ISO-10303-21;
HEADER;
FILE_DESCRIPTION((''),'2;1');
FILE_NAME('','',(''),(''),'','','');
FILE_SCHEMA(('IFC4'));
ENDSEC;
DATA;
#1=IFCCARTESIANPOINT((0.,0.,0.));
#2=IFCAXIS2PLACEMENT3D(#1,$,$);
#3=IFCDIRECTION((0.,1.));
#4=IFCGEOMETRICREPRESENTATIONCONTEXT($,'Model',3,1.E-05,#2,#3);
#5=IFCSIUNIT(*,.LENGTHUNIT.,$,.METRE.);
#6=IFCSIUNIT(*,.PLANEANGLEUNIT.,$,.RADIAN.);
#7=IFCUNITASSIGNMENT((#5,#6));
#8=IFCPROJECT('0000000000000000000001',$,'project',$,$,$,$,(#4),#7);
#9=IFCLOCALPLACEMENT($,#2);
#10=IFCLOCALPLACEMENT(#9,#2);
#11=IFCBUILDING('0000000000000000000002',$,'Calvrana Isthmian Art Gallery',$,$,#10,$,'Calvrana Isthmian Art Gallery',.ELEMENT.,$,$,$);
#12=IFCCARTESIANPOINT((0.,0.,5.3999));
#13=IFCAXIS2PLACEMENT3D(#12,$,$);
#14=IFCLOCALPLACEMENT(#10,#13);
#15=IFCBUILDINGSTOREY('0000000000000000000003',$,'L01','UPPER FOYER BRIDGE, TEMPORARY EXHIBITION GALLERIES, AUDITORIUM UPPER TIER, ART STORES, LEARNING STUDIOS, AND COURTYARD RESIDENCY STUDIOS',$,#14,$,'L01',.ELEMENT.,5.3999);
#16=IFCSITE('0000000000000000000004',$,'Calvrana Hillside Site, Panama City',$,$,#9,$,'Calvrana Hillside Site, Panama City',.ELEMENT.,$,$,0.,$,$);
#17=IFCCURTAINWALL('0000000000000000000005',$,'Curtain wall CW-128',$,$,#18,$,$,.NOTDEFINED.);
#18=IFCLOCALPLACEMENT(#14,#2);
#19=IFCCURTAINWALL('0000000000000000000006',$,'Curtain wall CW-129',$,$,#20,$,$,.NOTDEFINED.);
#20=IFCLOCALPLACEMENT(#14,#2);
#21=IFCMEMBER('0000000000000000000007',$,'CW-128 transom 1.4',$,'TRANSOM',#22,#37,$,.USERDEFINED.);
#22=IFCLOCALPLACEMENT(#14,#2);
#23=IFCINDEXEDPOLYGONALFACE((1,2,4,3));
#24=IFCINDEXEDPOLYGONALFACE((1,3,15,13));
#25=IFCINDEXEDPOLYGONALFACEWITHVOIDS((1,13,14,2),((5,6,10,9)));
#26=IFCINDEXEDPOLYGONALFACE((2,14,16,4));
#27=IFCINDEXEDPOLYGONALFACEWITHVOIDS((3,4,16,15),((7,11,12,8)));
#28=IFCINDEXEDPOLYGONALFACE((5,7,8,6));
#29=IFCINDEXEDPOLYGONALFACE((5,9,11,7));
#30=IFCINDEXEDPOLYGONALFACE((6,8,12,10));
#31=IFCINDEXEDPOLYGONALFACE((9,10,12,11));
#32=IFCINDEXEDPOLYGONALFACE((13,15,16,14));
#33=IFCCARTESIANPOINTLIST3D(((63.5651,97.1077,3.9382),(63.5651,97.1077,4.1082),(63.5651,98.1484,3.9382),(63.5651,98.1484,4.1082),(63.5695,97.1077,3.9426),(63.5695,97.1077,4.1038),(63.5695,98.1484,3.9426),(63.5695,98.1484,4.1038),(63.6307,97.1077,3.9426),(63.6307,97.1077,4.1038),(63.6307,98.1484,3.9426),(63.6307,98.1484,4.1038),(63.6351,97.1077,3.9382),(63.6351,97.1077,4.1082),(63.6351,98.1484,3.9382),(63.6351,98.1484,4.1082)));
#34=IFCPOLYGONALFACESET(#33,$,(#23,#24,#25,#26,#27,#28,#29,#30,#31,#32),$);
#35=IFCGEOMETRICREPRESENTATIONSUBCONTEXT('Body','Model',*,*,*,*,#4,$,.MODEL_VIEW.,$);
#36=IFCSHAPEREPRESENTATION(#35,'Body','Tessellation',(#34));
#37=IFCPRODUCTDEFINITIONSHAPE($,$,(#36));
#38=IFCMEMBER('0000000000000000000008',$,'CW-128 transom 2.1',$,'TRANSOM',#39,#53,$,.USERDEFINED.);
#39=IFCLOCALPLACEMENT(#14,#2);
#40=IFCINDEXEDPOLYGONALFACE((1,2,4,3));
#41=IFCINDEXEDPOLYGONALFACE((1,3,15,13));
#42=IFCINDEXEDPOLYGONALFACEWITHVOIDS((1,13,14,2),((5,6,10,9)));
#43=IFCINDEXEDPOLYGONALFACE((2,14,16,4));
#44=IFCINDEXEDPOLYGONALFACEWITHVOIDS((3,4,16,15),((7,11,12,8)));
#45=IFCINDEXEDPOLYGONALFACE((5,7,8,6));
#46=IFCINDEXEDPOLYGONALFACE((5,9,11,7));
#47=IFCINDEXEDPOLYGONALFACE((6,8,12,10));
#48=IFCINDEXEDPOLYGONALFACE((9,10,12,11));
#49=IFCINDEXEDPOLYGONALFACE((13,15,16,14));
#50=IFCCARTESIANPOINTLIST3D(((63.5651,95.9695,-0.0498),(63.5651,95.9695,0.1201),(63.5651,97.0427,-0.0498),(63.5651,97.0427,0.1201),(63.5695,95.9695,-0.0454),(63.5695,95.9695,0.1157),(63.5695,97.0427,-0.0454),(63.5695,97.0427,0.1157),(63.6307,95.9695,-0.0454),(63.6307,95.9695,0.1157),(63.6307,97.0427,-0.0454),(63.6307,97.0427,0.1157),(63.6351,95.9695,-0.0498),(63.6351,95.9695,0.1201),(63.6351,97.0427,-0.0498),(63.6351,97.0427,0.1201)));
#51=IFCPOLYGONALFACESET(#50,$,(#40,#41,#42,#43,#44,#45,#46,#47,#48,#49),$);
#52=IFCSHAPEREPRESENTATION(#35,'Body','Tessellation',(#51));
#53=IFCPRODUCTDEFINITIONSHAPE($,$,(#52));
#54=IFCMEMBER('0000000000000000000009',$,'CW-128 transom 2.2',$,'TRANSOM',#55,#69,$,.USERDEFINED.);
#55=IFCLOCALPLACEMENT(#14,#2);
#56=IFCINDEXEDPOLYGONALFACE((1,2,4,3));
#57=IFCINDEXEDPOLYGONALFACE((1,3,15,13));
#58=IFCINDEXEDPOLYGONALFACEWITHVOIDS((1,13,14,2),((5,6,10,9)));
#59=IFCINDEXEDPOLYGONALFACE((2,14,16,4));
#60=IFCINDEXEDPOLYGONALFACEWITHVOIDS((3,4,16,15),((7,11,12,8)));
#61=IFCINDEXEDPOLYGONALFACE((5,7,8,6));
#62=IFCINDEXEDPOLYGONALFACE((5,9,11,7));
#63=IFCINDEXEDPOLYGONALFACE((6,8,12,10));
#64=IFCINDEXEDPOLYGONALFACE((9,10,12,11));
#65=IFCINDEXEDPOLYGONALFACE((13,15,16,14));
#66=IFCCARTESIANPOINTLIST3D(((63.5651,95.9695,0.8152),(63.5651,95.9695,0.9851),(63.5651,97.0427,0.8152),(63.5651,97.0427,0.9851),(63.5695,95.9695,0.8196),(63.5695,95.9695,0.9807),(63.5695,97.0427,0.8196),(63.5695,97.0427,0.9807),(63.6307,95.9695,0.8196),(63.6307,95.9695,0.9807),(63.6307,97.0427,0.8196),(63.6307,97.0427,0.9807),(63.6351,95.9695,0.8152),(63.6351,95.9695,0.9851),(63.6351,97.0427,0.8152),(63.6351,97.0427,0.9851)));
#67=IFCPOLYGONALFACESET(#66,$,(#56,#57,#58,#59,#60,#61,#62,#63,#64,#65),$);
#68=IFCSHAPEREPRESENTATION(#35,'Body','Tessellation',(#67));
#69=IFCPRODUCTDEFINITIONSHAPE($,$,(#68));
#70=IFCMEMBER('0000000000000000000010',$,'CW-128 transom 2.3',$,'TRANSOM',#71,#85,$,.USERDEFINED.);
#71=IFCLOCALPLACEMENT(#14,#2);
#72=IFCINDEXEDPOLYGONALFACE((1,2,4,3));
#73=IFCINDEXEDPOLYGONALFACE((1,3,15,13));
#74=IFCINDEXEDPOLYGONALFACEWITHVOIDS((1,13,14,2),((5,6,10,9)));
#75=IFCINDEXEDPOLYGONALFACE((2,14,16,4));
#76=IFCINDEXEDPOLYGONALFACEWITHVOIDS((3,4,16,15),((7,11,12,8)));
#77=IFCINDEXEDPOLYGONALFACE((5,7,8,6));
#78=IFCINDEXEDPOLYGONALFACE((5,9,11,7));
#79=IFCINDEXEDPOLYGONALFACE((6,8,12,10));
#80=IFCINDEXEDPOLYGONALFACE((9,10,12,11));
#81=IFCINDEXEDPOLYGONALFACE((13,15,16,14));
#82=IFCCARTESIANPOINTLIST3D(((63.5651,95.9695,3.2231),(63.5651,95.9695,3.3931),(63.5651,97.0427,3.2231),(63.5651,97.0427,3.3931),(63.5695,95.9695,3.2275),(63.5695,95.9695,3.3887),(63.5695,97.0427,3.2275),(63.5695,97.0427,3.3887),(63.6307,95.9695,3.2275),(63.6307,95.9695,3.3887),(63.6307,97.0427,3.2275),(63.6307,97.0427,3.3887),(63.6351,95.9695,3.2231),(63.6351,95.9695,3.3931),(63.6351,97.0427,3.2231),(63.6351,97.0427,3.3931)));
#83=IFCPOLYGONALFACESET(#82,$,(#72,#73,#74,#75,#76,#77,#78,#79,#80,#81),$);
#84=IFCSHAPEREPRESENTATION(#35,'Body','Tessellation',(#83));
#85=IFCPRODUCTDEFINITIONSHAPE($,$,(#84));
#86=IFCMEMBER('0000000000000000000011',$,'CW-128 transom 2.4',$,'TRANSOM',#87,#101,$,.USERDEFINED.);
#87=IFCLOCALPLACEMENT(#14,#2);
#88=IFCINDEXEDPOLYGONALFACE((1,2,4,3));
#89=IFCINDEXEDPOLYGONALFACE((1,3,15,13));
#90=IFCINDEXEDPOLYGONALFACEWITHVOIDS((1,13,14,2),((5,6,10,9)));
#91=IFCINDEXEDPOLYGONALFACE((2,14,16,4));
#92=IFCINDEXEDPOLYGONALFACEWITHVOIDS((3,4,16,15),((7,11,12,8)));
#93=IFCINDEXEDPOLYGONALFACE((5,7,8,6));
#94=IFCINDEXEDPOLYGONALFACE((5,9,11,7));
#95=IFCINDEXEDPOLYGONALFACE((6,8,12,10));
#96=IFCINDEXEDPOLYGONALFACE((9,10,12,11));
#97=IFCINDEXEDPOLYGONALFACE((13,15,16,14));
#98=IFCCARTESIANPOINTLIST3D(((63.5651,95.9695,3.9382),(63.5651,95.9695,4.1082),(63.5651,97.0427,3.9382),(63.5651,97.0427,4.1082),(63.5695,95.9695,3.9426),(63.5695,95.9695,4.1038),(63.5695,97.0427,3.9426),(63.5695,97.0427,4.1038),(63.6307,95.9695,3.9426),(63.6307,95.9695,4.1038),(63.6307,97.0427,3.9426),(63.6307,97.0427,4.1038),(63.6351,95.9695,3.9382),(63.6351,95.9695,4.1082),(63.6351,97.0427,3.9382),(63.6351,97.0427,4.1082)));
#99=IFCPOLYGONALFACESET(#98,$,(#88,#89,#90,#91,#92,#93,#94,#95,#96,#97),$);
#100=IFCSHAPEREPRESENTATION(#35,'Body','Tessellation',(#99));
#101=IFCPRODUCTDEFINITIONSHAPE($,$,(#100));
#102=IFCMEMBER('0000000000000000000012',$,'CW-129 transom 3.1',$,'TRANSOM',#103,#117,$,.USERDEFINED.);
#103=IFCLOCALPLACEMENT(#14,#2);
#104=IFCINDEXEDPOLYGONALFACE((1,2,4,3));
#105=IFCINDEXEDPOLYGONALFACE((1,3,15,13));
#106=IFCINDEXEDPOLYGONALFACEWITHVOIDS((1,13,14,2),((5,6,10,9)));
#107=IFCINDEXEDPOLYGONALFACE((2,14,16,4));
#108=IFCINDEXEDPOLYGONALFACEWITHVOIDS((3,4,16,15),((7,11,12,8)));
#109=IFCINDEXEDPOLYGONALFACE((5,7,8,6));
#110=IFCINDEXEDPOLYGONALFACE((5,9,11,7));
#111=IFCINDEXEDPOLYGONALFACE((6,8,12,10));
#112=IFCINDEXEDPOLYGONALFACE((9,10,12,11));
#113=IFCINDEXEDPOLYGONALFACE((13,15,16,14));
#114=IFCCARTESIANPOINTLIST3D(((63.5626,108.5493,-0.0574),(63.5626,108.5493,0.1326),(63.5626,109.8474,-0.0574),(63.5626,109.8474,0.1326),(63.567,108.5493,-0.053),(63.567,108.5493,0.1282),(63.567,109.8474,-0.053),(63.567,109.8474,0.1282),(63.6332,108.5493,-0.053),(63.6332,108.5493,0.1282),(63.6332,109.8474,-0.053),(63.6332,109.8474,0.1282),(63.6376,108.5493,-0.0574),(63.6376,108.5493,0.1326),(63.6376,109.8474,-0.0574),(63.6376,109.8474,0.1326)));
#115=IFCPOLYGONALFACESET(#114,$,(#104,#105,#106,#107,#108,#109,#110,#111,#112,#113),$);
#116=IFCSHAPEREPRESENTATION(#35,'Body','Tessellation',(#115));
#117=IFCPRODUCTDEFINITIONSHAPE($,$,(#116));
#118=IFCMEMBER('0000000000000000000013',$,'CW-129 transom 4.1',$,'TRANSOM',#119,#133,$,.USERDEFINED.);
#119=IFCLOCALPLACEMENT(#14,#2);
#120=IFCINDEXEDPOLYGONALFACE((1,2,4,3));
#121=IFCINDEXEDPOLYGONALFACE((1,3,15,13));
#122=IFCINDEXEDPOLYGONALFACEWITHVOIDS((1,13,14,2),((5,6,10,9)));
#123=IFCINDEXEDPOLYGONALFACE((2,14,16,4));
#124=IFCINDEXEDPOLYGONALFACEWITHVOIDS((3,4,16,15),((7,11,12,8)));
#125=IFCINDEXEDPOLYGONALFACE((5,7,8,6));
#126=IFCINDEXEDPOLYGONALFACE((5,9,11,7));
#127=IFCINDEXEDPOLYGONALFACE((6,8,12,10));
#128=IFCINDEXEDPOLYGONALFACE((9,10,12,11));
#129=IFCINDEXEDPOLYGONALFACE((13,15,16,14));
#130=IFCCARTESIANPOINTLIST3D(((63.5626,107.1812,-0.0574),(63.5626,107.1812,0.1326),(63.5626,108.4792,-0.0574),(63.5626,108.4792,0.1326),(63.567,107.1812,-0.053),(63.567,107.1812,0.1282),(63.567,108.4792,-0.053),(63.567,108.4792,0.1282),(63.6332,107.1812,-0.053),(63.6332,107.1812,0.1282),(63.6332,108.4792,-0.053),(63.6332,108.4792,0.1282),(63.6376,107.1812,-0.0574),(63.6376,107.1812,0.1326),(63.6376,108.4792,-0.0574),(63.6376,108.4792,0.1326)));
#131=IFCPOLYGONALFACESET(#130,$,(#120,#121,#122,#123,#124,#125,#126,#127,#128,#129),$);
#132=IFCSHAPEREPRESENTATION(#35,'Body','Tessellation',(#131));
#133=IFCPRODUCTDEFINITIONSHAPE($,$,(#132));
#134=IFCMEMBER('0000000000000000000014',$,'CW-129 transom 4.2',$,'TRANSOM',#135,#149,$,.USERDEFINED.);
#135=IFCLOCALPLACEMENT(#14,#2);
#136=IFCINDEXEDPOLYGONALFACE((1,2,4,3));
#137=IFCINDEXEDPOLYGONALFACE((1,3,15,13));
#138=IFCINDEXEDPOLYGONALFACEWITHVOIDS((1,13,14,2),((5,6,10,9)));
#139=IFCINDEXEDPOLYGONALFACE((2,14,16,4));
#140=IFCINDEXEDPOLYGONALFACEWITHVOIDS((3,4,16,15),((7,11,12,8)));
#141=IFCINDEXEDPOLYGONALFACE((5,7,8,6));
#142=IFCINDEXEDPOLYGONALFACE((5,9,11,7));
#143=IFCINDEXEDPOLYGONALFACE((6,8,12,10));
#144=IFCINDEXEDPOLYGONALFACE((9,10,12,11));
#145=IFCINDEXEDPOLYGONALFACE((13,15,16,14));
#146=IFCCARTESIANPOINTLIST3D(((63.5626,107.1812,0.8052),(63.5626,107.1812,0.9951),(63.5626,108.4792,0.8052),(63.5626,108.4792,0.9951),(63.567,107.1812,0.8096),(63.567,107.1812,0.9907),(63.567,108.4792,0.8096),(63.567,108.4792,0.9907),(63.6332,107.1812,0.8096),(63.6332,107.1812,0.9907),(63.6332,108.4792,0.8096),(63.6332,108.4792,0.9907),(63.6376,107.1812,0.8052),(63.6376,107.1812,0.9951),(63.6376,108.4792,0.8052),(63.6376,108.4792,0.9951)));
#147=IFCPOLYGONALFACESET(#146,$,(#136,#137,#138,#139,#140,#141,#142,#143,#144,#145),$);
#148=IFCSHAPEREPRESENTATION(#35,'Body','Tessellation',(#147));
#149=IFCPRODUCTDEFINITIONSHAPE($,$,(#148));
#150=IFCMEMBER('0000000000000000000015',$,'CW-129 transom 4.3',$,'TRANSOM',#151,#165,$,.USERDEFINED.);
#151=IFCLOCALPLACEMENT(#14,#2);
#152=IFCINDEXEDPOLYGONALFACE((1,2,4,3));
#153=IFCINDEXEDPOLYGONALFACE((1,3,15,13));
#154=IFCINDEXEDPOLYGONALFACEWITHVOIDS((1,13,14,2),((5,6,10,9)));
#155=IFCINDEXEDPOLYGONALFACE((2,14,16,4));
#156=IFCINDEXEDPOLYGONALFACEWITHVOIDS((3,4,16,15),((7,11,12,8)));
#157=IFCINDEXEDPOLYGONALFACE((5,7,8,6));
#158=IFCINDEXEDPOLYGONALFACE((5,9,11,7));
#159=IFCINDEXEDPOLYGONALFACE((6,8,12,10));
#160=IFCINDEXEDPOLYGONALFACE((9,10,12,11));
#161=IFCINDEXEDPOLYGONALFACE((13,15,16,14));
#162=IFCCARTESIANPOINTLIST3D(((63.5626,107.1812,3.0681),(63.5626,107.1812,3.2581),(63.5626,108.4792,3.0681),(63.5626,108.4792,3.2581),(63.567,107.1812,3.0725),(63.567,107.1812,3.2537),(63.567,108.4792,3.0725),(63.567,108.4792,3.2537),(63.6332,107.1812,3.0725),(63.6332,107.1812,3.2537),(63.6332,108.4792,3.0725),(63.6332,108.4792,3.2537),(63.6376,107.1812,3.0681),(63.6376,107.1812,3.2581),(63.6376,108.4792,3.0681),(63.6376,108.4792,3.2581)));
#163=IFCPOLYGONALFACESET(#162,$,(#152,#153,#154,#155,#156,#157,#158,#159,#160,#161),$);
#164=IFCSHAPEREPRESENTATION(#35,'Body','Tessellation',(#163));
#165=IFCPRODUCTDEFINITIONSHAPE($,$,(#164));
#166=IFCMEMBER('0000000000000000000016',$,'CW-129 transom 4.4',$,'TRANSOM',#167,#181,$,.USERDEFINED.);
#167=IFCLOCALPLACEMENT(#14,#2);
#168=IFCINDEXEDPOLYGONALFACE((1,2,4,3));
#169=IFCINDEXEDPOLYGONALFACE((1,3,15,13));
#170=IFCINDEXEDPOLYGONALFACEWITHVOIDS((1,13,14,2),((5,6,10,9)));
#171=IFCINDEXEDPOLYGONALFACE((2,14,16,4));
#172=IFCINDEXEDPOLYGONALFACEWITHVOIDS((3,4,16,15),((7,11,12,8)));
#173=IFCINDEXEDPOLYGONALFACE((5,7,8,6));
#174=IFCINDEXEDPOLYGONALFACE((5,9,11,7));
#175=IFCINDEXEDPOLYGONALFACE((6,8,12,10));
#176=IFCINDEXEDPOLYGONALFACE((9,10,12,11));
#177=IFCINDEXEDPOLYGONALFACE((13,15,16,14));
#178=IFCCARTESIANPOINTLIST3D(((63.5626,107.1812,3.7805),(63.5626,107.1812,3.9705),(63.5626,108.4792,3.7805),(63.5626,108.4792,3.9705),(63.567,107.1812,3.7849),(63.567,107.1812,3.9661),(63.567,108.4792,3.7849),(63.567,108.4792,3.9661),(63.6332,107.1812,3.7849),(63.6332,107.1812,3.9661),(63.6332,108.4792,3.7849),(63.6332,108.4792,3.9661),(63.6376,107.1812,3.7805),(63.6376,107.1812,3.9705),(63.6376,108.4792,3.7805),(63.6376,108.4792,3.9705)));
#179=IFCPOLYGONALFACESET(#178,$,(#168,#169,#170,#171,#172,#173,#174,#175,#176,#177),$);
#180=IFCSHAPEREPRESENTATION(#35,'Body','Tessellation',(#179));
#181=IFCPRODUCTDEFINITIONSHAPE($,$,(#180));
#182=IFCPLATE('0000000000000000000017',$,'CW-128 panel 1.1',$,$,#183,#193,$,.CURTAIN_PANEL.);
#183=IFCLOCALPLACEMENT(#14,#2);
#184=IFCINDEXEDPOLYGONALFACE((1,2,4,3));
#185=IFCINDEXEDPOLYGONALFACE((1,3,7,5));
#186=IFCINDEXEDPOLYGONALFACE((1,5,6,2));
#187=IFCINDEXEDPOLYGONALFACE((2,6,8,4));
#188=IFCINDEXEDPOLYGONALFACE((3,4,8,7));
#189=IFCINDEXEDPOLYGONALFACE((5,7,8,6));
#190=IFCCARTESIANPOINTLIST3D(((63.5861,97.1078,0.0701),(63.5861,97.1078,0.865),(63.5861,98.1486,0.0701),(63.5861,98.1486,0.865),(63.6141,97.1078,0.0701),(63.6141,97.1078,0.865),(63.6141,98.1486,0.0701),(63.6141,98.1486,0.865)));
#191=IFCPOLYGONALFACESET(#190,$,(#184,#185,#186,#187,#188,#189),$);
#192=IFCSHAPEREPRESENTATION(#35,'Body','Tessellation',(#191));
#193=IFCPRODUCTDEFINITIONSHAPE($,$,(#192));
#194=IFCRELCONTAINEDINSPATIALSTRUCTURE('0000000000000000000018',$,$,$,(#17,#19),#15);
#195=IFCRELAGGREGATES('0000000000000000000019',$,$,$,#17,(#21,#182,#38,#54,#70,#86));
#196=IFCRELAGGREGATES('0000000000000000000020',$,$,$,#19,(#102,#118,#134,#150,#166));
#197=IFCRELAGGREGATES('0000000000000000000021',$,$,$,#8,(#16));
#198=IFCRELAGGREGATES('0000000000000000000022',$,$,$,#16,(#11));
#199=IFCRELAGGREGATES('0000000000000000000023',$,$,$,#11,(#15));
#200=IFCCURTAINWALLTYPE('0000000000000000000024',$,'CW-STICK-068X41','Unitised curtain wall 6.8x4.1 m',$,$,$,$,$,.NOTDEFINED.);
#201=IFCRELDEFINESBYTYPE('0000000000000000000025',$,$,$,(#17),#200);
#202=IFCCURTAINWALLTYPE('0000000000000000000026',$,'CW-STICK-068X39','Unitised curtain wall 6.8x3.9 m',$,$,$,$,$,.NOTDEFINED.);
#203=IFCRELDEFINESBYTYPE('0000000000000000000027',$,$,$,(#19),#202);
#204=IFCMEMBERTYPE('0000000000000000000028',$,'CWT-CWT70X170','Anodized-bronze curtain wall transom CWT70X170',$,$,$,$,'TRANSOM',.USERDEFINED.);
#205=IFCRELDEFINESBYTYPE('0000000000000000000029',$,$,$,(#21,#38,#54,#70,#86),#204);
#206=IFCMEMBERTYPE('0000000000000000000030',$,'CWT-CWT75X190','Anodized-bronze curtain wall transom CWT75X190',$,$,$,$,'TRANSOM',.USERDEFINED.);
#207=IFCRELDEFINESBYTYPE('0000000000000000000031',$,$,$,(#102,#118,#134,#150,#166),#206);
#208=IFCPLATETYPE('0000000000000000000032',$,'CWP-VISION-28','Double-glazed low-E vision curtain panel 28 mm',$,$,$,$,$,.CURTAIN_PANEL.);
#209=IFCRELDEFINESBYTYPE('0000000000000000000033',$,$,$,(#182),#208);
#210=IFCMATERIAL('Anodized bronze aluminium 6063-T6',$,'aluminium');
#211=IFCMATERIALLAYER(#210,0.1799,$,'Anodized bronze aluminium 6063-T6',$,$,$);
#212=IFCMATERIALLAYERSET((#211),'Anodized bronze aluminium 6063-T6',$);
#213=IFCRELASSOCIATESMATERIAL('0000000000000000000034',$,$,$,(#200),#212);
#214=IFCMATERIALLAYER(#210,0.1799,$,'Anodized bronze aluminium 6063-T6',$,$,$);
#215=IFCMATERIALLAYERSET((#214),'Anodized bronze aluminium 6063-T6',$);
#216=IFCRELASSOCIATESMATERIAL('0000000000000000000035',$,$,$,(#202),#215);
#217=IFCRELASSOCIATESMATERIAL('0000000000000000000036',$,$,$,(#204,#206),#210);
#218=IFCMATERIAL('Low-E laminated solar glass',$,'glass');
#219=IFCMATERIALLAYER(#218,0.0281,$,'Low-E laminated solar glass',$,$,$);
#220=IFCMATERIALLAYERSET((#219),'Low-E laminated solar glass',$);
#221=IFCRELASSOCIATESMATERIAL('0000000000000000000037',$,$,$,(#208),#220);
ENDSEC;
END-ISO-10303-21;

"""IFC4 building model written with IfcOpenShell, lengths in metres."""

from ifc_helpers import new_model, si_unit, direction, frame, origin, origin_2d, place, context, subcontext, project, spatial, rectangle, hollow_rectangle, extrude, material, layer, layer_set, material_profile, profile_set, type_object, element, aggregate, save


model = new_model("IFC4")

# Units and contexts
model_context = context("Model", 3, precision=1e-05, world=origin(), true_north=direction((0.0, 1.0)))
body_context = subcontext(model_context, "Body", "Model", "MODEL_VIEW")
ifc_project = project(units=[si_unit("LENGTHUNIT", "METRE"), si_unit("PLANEANGLEUNIT", "RADIAN")], contexts=[model_context])

# Site, building, storey
site_placement = place(None, origin())
site = spatial("IfcSite", under=ifc_project, at=site_placement, Name="Calvrana Hillside Site, Panama City", LongName="Calvrana Hillside Site, Panama City", CompositionType="ELEMENT", RefElevation=0.0)
building_placement = place(site_placement, origin())
building = spatial("IfcBuilding", under=site, at=building_placement, Name="Calvrana Isthmian Art Gallery", LongName="Calvrana Isthmian Art Gallery", CompositionType="ELEMENT")
storey_placement = place(building_placement, frame((0.0, 0.0, 5.3999)))
storey = spatial("IfcBuildingStorey", under=building, at=storey_placement, Name="L01", Description="UPPER FOYER BRIDGE, TEMPORARY EXHIBITION GALLERIES, AUDITORIUM UPPER TIER, ART STORES, LEARNING STUDIOS, AND COURTYARD RESIDENCY STUDIOS", LongName="L01", CompositionType="ELEMENT", Elevation=5.3999)

# Curtain walls
ifc_material_1 = material(Name="Anodized bronze aluminium 6063-T6", Category="aluminium")
ifc_layer_1 = layer(ifc_material_1, 0.1799, Name="Anodized bronze aluminium 6063-T6")
ifc_layer_set_1 = layer_set([ifc_layer_1], Name="Anodized bronze aluminium 6063-T6")
curtain_wall_type_1 = type_object("IfcCurtainWallType", Name="CW-STICK-068X41", Description="Unitised curtain wall 6.8x4.1 m", PredefinedType="NOTDEFINED", material=ifc_layer_set_1)
curtain_wall_1_placement = place(storey_placement, origin())
curtain_wall_1 = element("IfcCurtainWall", 1, at=curtain_wall_1_placement, inside=storey, type_object=curtain_wall_type_1, Name="Curtain wall CW-128", PredefinedType="NOTDEFINED")
ifc_layer_2 = layer(ifc_material_1, 0.1799, Name="Anodized bronze aluminium 6063-T6")
ifc_layer_set_2 = layer_set([ifc_layer_2], Name="Anodized bronze aluminium 6063-T6")
curtain_wall_type_2 = type_object("IfcCurtainWallType", Name="CW-STICK-068X39", Description="Unitised curtain wall 6.8x3.9 m", PredefinedType="NOTDEFINED", material=ifc_layer_set_2)
curtain_wall_2_placement = place(storey_placement, origin())
curtain_wall_2 = element("IfcCurtainWall", 2, at=curtain_wall_2_placement, inside=storey, type_object=curtain_wall_type_2, Name="Curtain wall CW-129", PredefinedType="NOTDEFINED")

# Members
ifc_material_profile_1 = material_profile(ifc_material_1, hollow_rectangle(XDim=0.0701, YDim=0.1699, WallThickness=0.0044, at=origin_2d()), Name="CWT70X170")
ifc_profile_set_1 = profile_set([ifc_material_profile_1], Name="Anodized bronze aluminium 6063-T6")
member_type_1 = type_object("IfcMemberType", Name="CWT-CWT70X170", Description="Anodized-bronze curtain wall transom CWT70X170", ElementType="TRANSOM", PredefinedType="USERDEFINED", material=ifc_profile_set_1)
member_1_placement = place(storey_placement, frame((63.6001, 98.1484, 4.0232), z_axis=(0.0, -1.0, 0.0), x_axis=(1.0, 0.0, 0.0)))
member_1 = element("IfcMember", 3, at=member_1_placement, type_object=member_type_1, Name="CW-128 transom 1.4", ObjectType="TRANSOM", PredefinedType="USERDEFINED", context=body_context, shape_type="SweptSolid", body=[
    extrude(hollow_rectangle(XDim=0.0701, YDim=0.1699, WallThickness=0.0044, at=origin_2d()), origin(), (0.0, 0.0, 1.0), 1.0408),
])
member_2_placement = place(storey_placement, frame((63.6001, 97.0427, 0.0352), z_axis=(0.0, -1.0, 0.0), x_axis=(1.0, 0.0, 0.0)))
member_2 = element("IfcMember", 4, at=member_2_placement, type_object=member_type_1, Name="CW-128 transom 2.1", ObjectType="TRANSOM", PredefinedType="USERDEFINED", context=body_context, shape_type="SweptSolid", body=[
    extrude(hollow_rectangle(XDim=0.0701, YDim=0.1699, WallThickness=0.0044, at=origin_2d()), origin(), (0.0, 0.0, 1.0), 1.0732),
])
member_3_placement = place(storey_placement, frame((63.6001, 97.0427, 0.9001), z_axis=(0.0, -1.0, 0.0), x_axis=(1.0, 0.0, 0.0)))
member_3 = element("IfcMember", 5, at=member_3_placement, type_object=member_type_1, Name="CW-128 transom 2.2", ObjectType="TRANSOM", PredefinedType="USERDEFINED", context=body_context, shape_type="SweptSolid", body=[
    extrude(hollow_rectangle(XDim=0.0701, YDim=0.1699, WallThickness=0.0044, at=origin_2d()), origin(), (0.0, 0.0, 1.0), 1.0732),
])
member_4_placement = place(storey_placement, frame((63.6001, 97.0427, 3.3081), z_axis=(0.0, -1.0, 0.0), x_axis=(1.0, 0.0, 0.0)))
member_4 = element("IfcMember", 6, at=member_4_placement, type_object=member_type_1, Name="CW-128 transom 2.3", ObjectType="TRANSOM", PredefinedType="USERDEFINED", context=body_context, shape_type="SweptSolid", body=[
    extrude(hollow_rectangle(XDim=0.0701, YDim=0.1699, WallThickness=0.0044, at=origin_2d()), origin(), (0.0, 0.0, 1.0), 1.0732),
])
member_5_placement = place(storey_placement, frame((63.6001, 97.0427, 4.0232), z_axis=(0.0, -1.0, 0.0), x_axis=(1.0, 0.0, 0.0)))
member_5 = element("IfcMember", 7, at=member_5_placement, type_object=member_type_1, Name="CW-128 transom 2.4", ObjectType="TRANSOM", PredefinedType="USERDEFINED", context=body_context, shape_type="SweptSolid", body=[
    extrude(hollow_rectangle(XDim=0.0701, YDim=0.1699, WallThickness=0.0044, at=origin_2d()), origin(), (0.0, 0.0, 1.0), 1.0732),
])
ifc_material_profile_2 = material_profile(ifc_material_1, hollow_rectangle(XDim=0.075, YDim=0.1899, WallThickness=0.0044, at=origin_2d()), Name="CWT75X190")
ifc_profile_set_2 = profile_set([ifc_material_profile_2], Name="Anodized bronze aluminium 6063-T6")
member_type_2 = type_object("IfcMemberType", Name="CWT-CWT75X190", Description="Anodized-bronze curtain wall transom CWT75X190", ElementType="TRANSOM", PredefinedType="USERDEFINED", material=ifc_profile_set_2)
member_6_placement = place(storey_placement, frame((63.6001, 109.8474, 0.0376), z_axis=(0.0, -1.0, 0.0), x_axis=(1.0, 0.0, 0.0)))
member_6 = element("IfcMember", 8, at=member_6_placement, type_object=member_type_2, Name="CW-129 transom 3.1", ObjectType="TRANSOM", PredefinedType="USERDEFINED", context=body_context, shape_type="SweptSolid", body=[
    extrude(hollow_rectangle(XDim=0.075, YDim=0.1899, WallThickness=0.0044, at=origin_2d()), origin(), (0.0, 0.0, 1.0), 1.2981),
])
member_7_placement = place(storey_placement, frame((63.6001, 108.4792, 0.0376), z_axis=(0.0, -1.0, 0.0), x_axis=(1.0, 0.0, 0.0)))
member_7 = element("IfcMember", 9, at=member_7_placement, type_object=member_type_2, Name="CW-129 transom 4.1", ObjectType="TRANSOM", PredefinedType="USERDEFINED", context=body_context, shape_type="SweptSolid", body=[
    extrude(hollow_rectangle(XDim=0.075, YDim=0.1899, WallThickness=0.0044, at=origin_2d()), origin(), (0.0, 0.0, 1.0), 1.2981),
])
member_8_placement = place(storey_placement, frame((63.6001, 108.4792, 0.9001), z_axis=(0.0, -1.0, 0.0), x_axis=(1.0, 0.0, 0.0)))
member_8 = element("IfcMember", 10, at=member_8_placement, type_object=member_type_2, Name="CW-129 transom 4.2", ObjectType="TRANSOM", PredefinedType="USERDEFINED", context=body_context, shape_type="SweptSolid", body=[
    extrude(hollow_rectangle(XDim=0.075, YDim=0.1899, WallThickness=0.0044, at=origin_2d()), origin(), (0.0, 0.0, 1.0), 1.2981),
])
member_9_placement = place(storey_placement, frame((63.6001, 108.4792, 3.1631), z_axis=(0.0, -1.0, 0.0), x_axis=(1.0, 0.0, 0.0)))
member_9 = element("IfcMember", 11, at=member_9_placement, type_object=member_type_2, Name="CW-129 transom 4.3", ObjectType="TRANSOM", PredefinedType="USERDEFINED", context=body_context, shape_type="SweptSolid", body=[
    extrude(hollow_rectangle(XDim=0.075, YDim=0.1899, WallThickness=0.0044, at=origin_2d()), origin(), (0.0, 0.0, 1.0), 1.2981),
])
member_10_placement = place(storey_placement, frame((63.6001, 108.4792, 3.8755), z_axis=(0.0, -1.0, 0.0), x_axis=(1.0, 0.0, 0.0)))
member_10 = element("IfcMember", 12, at=member_10_placement, type_object=member_type_2, Name="CW-129 transom 4.4", ObjectType="TRANSOM", PredefinedType="USERDEFINED", context=body_context, shape_type="SweptSolid", body=[
    extrude(hollow_rectangle(XDim=0.075, YDim=0.1899, WallThickness=0.0044, at=origin_2d()), origin(), (0.0, 0.0, 1.0), 1.2981),
])

# Plate
ifc_material_2 = material(Name="Low-E laminated solar glass", Category="glass")
ifc_layer_3 = layer(ifc_material_2, 0.0281, Name="Low-E laminated solar glass")
ifc_layer_set_3 = layer_set([ifc_layer_3], Name="Low-E laminated solar glass")
plate_type = type_object("IfcPlateType", Name="CWP-VISION-28", Description="Double-glazed low-E vision curtain panel 28 mm", PredefinedType="CURTAIN_PANEL", material=ifc_layer_set_3)
plate_1_placement = place(storey_placement, frame((63.6001, 97.6282, 0.0701), z_axis=(0.0, 0.0, 1.0), x_axis=(0.0, -1.0, 0.0)))
plate_1 = element("IfcPlate", 13, at=plate_1_placement, type_object=plate_type, Name="CW-128 panel 1.1", PredefinedType="CURTAIN_PANEL", context=body_context, shape_type="SweptSolid", body=[
    extrude(rectangle(XDim=1.0408, YDim=0.0281, at=origin_2d()), origin(), (0.0, 0.0, 1.0), 0.7949),
])
aggregate(curtain_wall_1, [member_1, plate_1, member_2, member_3, member_4, member_5])
aggregate(curtain_wall_2, [member_6, member_7, member_8, member_9, member_10])

save(model, "model.ifc")
